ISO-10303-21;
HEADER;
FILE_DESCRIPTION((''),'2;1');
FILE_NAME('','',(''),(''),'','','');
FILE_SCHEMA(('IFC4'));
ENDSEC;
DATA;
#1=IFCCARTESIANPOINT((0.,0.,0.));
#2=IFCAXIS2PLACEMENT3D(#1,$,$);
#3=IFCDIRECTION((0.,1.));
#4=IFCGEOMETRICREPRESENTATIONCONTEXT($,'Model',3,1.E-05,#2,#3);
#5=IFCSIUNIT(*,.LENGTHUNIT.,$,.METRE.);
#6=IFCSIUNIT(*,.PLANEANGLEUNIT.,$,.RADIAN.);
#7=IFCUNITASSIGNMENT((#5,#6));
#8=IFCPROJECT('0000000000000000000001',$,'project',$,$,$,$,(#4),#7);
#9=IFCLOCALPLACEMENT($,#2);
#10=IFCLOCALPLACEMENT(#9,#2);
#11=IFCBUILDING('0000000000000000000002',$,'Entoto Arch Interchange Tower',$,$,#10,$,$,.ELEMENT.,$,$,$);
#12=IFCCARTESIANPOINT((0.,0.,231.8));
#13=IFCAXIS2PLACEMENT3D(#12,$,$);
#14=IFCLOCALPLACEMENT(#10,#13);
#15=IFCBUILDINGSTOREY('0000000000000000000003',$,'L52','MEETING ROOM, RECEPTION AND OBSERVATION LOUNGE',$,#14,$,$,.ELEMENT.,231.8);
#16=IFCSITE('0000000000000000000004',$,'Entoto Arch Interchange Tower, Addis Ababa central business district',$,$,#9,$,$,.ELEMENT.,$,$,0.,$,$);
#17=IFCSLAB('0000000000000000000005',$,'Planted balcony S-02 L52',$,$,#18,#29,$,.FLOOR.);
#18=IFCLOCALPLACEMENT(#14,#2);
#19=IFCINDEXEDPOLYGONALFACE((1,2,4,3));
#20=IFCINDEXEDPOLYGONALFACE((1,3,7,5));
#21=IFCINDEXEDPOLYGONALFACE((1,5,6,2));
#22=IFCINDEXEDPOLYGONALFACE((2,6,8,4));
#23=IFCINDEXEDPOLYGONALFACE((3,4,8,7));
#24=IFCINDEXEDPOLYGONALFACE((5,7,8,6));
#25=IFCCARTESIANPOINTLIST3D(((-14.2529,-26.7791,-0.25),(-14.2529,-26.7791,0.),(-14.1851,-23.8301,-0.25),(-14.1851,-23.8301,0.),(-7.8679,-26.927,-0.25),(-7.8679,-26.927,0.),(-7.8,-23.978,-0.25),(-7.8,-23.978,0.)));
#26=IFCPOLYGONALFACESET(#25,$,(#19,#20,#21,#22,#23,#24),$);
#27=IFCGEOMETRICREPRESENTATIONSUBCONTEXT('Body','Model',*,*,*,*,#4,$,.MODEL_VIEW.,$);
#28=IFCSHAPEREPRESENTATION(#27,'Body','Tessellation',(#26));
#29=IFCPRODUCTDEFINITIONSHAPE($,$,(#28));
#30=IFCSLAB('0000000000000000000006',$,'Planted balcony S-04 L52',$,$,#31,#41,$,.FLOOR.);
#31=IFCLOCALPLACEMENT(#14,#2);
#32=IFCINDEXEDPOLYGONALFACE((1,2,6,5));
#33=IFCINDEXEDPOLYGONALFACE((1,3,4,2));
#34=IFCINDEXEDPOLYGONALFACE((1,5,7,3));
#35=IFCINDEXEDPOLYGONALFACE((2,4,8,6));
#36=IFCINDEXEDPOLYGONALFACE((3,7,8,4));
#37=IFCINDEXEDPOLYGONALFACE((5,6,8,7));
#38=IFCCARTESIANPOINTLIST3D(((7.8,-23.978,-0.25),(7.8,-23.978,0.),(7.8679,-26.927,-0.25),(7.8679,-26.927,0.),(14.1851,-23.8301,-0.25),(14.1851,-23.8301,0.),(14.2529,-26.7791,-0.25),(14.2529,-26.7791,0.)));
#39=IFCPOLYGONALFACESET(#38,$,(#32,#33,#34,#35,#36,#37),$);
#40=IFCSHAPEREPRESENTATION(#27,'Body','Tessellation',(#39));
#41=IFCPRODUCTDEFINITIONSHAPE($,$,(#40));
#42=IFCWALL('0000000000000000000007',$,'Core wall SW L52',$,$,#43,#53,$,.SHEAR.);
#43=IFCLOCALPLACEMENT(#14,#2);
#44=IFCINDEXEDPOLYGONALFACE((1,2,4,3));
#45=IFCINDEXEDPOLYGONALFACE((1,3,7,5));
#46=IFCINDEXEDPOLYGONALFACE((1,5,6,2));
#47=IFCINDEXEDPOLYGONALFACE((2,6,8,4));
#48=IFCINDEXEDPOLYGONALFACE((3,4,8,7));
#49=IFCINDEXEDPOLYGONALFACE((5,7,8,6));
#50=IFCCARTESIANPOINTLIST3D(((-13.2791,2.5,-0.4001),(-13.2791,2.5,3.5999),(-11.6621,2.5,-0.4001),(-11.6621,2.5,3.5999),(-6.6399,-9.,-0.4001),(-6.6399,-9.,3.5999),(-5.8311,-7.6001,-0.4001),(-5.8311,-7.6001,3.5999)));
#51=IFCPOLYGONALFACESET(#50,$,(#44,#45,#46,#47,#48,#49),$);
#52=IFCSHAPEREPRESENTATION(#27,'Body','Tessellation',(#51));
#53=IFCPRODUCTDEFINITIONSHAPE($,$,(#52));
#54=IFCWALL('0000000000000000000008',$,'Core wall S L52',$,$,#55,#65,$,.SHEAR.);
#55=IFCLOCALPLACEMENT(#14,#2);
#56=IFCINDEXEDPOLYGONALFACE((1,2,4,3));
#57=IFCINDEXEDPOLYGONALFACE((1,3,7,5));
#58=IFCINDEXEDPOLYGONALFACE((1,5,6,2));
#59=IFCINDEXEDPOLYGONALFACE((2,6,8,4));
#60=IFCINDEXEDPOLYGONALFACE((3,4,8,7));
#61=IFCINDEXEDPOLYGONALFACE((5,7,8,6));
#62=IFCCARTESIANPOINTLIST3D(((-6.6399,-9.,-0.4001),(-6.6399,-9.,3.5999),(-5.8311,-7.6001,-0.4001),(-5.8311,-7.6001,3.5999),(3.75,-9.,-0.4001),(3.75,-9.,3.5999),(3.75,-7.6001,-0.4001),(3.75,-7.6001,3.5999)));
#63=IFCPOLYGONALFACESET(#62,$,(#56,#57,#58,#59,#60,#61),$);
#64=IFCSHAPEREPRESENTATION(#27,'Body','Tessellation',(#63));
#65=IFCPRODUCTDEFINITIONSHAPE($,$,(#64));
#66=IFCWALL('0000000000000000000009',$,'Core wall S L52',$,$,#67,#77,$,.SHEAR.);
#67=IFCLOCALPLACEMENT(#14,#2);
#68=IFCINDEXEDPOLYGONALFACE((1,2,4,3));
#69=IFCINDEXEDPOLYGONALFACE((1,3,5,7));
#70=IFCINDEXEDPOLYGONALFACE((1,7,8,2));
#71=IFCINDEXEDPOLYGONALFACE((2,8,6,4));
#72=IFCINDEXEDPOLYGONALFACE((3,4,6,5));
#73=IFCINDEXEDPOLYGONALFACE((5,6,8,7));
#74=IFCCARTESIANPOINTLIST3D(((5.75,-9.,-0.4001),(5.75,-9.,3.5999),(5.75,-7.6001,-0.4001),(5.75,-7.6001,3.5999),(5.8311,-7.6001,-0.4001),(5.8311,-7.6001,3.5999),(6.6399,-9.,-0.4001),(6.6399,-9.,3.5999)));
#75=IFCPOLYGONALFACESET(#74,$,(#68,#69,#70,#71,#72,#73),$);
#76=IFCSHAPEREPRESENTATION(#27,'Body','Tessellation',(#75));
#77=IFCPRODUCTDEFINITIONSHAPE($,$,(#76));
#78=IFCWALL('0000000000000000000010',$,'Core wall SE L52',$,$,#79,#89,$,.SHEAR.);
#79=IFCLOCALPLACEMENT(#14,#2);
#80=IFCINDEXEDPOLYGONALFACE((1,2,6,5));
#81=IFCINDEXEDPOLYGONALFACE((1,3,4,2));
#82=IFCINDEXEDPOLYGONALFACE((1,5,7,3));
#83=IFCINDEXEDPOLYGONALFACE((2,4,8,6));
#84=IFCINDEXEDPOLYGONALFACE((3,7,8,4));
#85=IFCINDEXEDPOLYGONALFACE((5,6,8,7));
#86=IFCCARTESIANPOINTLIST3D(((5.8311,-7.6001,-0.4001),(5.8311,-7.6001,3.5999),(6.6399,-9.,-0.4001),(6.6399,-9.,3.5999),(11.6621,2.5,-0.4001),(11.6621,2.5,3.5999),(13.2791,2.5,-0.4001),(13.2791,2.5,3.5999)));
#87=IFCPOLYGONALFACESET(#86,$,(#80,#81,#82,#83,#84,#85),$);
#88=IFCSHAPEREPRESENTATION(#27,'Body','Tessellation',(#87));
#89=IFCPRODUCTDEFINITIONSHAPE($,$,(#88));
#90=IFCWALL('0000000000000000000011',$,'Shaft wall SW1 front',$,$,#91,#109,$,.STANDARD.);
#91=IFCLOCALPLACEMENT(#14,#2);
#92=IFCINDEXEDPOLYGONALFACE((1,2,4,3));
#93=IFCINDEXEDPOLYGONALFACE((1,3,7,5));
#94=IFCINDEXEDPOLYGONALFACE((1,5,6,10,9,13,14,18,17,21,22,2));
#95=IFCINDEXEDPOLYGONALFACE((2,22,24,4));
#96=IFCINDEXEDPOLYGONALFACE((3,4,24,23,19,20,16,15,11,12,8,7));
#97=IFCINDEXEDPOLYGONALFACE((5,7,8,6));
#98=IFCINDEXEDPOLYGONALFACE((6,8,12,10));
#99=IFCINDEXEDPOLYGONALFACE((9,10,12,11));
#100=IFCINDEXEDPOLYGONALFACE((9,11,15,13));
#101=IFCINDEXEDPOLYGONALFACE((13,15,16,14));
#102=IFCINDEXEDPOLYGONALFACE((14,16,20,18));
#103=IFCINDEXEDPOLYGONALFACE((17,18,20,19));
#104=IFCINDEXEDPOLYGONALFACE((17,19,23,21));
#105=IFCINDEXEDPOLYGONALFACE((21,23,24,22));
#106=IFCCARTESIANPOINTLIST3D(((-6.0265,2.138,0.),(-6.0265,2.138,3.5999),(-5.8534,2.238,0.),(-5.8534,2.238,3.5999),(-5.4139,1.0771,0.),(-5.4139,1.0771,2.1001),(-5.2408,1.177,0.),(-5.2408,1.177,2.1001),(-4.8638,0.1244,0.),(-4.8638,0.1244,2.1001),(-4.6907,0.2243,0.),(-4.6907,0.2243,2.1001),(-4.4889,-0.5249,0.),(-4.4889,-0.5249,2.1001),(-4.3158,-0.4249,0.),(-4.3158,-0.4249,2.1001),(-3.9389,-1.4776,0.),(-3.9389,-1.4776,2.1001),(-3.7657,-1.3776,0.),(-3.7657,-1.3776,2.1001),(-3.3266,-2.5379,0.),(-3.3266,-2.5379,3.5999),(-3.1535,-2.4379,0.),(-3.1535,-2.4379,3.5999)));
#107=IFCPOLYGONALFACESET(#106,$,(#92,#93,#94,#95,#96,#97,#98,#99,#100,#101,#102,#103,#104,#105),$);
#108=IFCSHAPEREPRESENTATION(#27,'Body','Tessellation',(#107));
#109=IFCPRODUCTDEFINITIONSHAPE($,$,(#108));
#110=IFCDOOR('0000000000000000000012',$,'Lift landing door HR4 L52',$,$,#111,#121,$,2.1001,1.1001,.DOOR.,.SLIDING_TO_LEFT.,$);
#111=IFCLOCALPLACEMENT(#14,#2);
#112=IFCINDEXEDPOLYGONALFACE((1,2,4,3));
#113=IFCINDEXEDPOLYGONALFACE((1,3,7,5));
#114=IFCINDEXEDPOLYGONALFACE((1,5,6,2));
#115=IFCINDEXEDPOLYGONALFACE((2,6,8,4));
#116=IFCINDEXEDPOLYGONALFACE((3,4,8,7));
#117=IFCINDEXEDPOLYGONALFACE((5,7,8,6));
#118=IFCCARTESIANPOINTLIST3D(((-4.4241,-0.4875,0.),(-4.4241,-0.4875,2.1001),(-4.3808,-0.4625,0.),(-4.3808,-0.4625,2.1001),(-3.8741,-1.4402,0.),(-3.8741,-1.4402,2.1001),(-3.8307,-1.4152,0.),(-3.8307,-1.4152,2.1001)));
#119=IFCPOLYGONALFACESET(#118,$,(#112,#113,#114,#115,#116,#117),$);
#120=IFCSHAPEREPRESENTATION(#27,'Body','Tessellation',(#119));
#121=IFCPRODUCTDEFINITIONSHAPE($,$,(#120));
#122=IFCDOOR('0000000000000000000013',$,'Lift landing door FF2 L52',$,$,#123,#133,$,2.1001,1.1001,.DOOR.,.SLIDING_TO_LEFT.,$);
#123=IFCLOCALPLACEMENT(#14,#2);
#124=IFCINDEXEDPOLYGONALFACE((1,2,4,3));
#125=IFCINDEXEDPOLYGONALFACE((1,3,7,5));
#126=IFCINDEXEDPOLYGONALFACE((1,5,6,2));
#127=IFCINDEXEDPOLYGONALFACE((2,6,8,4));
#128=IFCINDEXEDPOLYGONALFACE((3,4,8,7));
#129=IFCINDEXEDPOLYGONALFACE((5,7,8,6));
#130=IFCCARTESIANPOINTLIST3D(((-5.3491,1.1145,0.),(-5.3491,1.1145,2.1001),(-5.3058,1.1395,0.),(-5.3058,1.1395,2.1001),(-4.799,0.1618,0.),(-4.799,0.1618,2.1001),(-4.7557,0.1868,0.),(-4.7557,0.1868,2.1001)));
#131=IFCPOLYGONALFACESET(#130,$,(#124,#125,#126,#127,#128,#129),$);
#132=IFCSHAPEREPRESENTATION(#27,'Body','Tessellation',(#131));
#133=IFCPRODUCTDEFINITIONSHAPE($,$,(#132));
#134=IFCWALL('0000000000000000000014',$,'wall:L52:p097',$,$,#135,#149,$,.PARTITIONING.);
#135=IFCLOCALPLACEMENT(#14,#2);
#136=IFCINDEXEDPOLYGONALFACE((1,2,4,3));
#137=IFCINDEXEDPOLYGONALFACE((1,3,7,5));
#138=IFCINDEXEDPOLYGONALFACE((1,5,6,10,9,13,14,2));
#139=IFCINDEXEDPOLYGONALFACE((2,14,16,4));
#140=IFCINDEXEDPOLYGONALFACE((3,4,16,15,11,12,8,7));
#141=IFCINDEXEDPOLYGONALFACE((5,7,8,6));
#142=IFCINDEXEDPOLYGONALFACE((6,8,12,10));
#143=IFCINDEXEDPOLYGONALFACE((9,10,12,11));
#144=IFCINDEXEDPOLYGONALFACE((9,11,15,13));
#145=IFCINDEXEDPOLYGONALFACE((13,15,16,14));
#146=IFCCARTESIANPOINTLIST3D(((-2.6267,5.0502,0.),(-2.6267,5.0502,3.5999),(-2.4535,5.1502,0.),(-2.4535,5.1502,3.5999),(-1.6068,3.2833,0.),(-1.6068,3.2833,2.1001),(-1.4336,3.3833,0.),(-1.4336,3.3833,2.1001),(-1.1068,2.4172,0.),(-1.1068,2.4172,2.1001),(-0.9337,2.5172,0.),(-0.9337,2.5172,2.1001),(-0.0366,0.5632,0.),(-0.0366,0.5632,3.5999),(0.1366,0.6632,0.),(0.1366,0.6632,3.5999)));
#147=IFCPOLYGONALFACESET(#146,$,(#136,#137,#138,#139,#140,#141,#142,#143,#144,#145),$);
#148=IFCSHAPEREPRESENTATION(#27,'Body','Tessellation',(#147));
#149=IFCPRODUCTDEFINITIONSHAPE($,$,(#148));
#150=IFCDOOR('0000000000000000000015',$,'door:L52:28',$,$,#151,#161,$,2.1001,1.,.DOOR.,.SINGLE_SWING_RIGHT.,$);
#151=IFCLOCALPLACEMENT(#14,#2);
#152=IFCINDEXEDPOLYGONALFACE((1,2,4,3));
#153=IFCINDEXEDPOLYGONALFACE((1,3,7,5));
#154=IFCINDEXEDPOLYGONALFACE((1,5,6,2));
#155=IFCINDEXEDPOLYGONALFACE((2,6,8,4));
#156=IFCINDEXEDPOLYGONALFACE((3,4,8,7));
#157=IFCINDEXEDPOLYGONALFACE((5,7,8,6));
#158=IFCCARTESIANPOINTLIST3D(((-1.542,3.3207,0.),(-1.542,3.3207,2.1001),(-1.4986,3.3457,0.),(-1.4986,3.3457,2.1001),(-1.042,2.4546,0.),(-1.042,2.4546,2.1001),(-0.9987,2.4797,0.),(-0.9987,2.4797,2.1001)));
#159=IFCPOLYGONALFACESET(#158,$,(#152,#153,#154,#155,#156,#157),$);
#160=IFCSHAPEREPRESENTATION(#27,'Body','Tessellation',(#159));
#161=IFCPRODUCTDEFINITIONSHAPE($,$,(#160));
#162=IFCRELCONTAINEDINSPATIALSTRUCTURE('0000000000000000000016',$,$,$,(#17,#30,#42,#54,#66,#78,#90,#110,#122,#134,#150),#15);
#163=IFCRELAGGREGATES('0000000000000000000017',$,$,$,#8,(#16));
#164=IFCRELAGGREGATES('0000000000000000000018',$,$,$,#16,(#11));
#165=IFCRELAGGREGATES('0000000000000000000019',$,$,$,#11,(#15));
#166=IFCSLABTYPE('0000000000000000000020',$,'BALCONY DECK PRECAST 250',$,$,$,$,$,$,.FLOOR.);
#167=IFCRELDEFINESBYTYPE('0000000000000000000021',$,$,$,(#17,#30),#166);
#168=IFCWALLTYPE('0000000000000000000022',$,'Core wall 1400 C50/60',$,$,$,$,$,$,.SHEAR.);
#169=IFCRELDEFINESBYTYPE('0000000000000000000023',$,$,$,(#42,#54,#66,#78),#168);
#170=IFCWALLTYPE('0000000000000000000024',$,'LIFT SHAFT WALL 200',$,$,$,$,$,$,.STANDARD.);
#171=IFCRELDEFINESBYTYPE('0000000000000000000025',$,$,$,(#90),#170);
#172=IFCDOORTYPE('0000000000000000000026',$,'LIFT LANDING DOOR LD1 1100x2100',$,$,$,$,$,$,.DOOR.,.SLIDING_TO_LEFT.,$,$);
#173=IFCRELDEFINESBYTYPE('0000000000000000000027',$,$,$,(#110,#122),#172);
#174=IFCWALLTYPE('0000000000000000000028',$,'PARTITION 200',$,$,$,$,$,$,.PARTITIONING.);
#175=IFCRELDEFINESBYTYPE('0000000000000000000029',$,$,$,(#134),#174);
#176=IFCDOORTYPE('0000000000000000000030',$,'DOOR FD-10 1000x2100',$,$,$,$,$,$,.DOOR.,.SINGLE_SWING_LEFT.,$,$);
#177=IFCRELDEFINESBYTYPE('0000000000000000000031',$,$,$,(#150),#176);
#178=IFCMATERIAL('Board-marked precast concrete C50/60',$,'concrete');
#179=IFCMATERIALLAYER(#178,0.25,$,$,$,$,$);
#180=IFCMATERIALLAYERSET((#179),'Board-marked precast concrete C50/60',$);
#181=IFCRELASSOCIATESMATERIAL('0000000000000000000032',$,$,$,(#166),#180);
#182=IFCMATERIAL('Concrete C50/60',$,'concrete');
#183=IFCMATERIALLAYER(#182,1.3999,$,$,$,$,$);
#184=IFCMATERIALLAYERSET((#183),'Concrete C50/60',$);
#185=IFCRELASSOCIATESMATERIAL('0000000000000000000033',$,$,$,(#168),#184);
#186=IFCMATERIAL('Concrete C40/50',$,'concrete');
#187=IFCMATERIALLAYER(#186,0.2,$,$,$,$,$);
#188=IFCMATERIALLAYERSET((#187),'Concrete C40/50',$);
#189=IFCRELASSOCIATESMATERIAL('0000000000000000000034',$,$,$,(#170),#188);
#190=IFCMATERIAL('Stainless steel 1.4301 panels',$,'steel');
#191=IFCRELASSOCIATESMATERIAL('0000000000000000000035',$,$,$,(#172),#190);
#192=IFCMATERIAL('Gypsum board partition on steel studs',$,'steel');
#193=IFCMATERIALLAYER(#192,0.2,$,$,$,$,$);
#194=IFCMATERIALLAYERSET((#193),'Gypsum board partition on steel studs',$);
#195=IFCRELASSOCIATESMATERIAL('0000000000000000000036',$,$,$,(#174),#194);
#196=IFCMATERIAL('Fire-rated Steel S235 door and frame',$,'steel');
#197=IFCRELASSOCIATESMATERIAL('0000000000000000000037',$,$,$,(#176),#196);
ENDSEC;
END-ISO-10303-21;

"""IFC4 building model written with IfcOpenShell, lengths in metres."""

from ifc_helpers import new_model, si_unit, direction, frame, frame_2d, origin, place, context, subcontext, project, spatial, polyline, rectangle, outline, extrude, material, layer, layer_set, type_object, element, fill, save


model = new_model("IFC4")

# Units and contexts
model_context = context("Model", 3, precision=1e-05, world=origin(), true_north=direction((0.0, 1.0)))
body_context = subcontext(model_context, "Body", "Model", "MODEL_VIEW")
ifc_project = project(units=[si_unit("LENGTHUNIT", "METRE"), si_unit("PLANEANGLEUNIT", "RADIAN")], contexts=[model_context])

# Site, building, storey
site_placement = place(None, origin())
site = spatial("IfcSite", under=ifc_project, at=site_placement, Name="Entoto Arch Interchange Tower, Addis Ababa central business district", CompositionType="ELEMENT", RefElevation=0.0)
building_placement = place(site_placement, origin())
building = spatial("IfcBuilding", under=site, at=building_placement, Name="Entoto Arch Interchange Tower", CompositionType="ELEMENT")
storey_placement = place(building_placement, frame((0.0, 0.0, 231.8)))
storey = spatial("IfcBuildingStorey", under=building, at=storey_placement, Name="L52", Description="MEETING ROOM, RECEPTION AND OBSERVATION LOUNGE", CompositionType="ELEMENT", Elevation=231.8)

# Slabs
ifc_material_1 = material(Name="Board-marked precast concrete C50/60", Category="concrete")
ifc_layer_1 = layer(ifc_material_1, 0.25)
ifc_layer_set_1 = layer_set([ifc_layer_1], Name="Board-marked precast concrete C50/60")
slab_type = type_object("IfcSlabType", Name="BALCONY DECK PRECAST 250", PredefinedType="FLOOR", material=ifc_layer_set_1)
slab_1_placement = place(storey_placement, frame((0.0, 0.0, -0.25)))
element("IfcSlab", 1, at=slab_1_placement, inside=storey, type_object=slab_type, Name="Planted balcony S-02 L52", PredefinedType="FLOOR", context=body_context, shape_type="SweptSolid", body=[
    extrude(outline(polyline([(-14.1851, -23.8301), (-7.8, -23.978), (-7.8679, -26.927), (-14.2529, -26.7791), (-14.1851, -23.8301)])), origin(), (0.0, 0.0, 1.0), 0.25),
])
slab_2_placement = place(storey_placement, frame((0.0, 0.0, -0.25)))
element("IfcSlab", 2, at=slab_2_placement, inside=storey, type_object=slab_type, Name="Planted balcony S-04 L52", PredefinedType="FLOOR", context=body_context, shape_type="SweptSolid", body=[
    extrude(outline(polyline([(7.8, -23.978), (14.1851, -23.8301), (14.2529, -26.7791), (7.8679, -26.927), (7.8, -23.978)])), origin(), (0.0, 0.0, 1.0), 0.25),
])

# Walls
ifc_material_2 = material(Name="Concrete C50/60", Category="concrete")
ifc_layer_2 = layer(ifc_material_2, 1.3999)
ifc_layer_set_2 = layer_set([ifc_layer_2], Name="Concrete C50/60")
wall_type_1 = type_object("IfcWallType", Name="Core wall 1400 C50/60", PredefinedType="SHEAR", material=ifc_layer_set_2)
wall_1_placement = place(storey_placement, frame((0.0, 0.0, -0.4001)))
element("IfcWall", 3, at=wall_1_placement, inside=storey, type_object=wall_type_1, Name="Core wall SW L52", PredefinedType="SHEAR", context=body_context, shape_type="SweptSolid", body=[
    extrude(outline(polyline([(-13.2791, 2.5), (-6.6399, -9.0), (-5.8311, -7.6001), (-11.6621, 2.5), (-13.2791, 2.5)])), origin(), (0.0, 0.0, 1.0), 4.0),
])
wall_2_placement = place(storey_placement, frame((0.0, 0.0, -0.4001)))
element("IfcWall", 4, at=wall_2_placement, inside=storey, type_object=wall_type_1, Name="Core wall S L52", PredefinedType="SHEAR", context=body_context, shape_type="SweptSolid", body=[
    extrude(outline(polyline([(3.75, -9.0), (3.75, -7.6001), (-5.8311, -7.6001), (-6.6399, -9.0), (3.75, -9.0)])), origin(), (0.0, 0.0, 1.0), 4.0),
])
wall_3_placement = place(storey_placement, frame((0.0, 0.0, -0.4001)))
element("IfcWall", 5, at=wall_3_placement, inside=storey, type_object=wall_type_1, Name="Core wall S L52", PredefinedType="SHEAR", context=body_context, shape_type="SweptSolid", body=[
    extrude(outline(polyline([(5.75, -7.6001), (5.75, -9.0), (6.6399, -9.0), (5.8311, -7.6001), (5.75, -7.6001)])), origin(), (0.0, 0.0, 1.0), 4.0),
])
wall_4_placement = place(storey_placement, frame((0.0, 0.0, -0.4001)))
element("IfcWall", 6, at=wall_4_placement, inside=storey, type_object=wall_type_1, Name="Core wall SE L52", PredefinedType="SHEAR", context=body_context, shape_type="SweptSolid", body=[
    extrude(outline(polyline([(6.6399, -9.0), (13.2791, 2.5), (11.6621, 2.5), (5.8311, -7.6001), (6.6399, -9.0)])), origin(), (0.0, 0.0, 1.0), 4.0),
])

# Wall, openings, doors
ifc_material_3 = material(Name="Concrete C40/50", Category="concrete")
ifc_layer_3 = layer(ifc_material_3, 0.2)
ifc_layer_set_3 = layer_set([ifc_layer_3], Name="Concrete C40/50")
wall_type_2 = type_object("IfcWallType", Name="LIFT SHAFT WALL 200", PredefinedType="STANDARD", material=ifc_layer_set_3)
wall_5_placement = place(storey_placement, frame((-5.9399, 2.188, 0.0), z_axis=(0.0, 0.0, 1.0), x_axis=(0.500034, -0.866006, 0.0)))
wall_5 = element("IfcWall", 7, at=wall_5_placement, inside=storey, type_object=wall_type_2, Name="Shaft wall SW1 front", PredefinedType="STANDARD", context=body_context, shape_type="SweptSolid", body=[
    extrude(rectangle(XDim=5.3994, YDim=0.2, at=frame_2d((2.6997, 0.0))), origin(), (0.0, 0.0, 1.0), 3.5999),
])
opening_1_placement = place(wall_5_placement, frame((3.075, 0.0, 0.0)))
opening_1 = element("IfcOpeningElement", 8, at=opening_1_placement, cuts=wall_5, PredefinedType="OPENING", context=body_context, shape_type="SweptSolid", body=[
    extrude(rectangle(XDim=1.1001, YDim=2.1001, at=frame_2d((0.55, 1.05))), frame((0.0, 0.1099, 0.0), z_axis=(0.0, -1.0, 0.0), x_axis=(1.0, 0.0, 0.0)), (0.0, 0.0, 1.0), 0.22),
])
opening_2_placement = place(wall_5_placement, frame((1.2251, 0.0, 0.0)))
opening_2 = element("IfcOpeningElement", 9, at=opening_2_placement, cuts=wall_5, PredefinedType="OPENING", context=body_context, shape_type="SweptSolid", body=[
    extrude(rectangle(XDim=1.1001, YDim=2.1001, at=frame_2d((0.55, 1.05))), frame((0.0, 0.1099, 0.0), z_axis=(0.0, -1.0, 0.0), x_axis=(1.0, 0.0, 0.0)), (0.0, 0.0, 1.0), 0.22),
])
ifc_material_4 = material(Name="Stainless steel 1.4301 panels", Category="steel")
door_type_1 = type_object("IfcDoorType", Name="LIFT LANDING DOOR LD1 1100x2100", OperationType="SLIDING_TO_LEFT", PredefinedType="DOOR", material=ifc_material_4)
door_1_placement = place(opening_1_placement, origin())
door_1 = element("IfcDoor", 10, at=door_1_placement, inside=storey, type_object=door_type_1, Name="Lift landing door HR4 L52", OperationType="SLIDING_TO_LEFT", OverallHeight=2.1001, OverallWidth=1.1001, PredefinedType="DOOR", context=body_context, shape_type="SweptSolid", body=[
    extrude(rectangle(XDim=1.1001, YDim=2.1001, at=frame_2d((0.55, 1.05))), frame((0.0, 0.0249, 0.0), z_axis=(0.0, -1.0, 0.0), x_axis=(1.0, 0.0, 0.0)), (0.0, 0.0, 1.0), 0.05),
])
fill(opening_1, door_1)
door_2_placement = place(opening_2_placement, origin())
door_2 = element("IfcDoor", 11, at=door_2_placement, inside=storey, type_object=door_type_1, Name="Lift landing door FF2 L52", OperationType="SLIDING_TO_LEFT", OverallHeight=2.1001, OverallWidth=1.1001, PredefinedType="DOOR", context=body_context, shape_type="SweptSolid", body=[
    extrude(rectangle(XDim=1.1001, YDim=2.1001, at=frame_2d((0.55, 1.05))), frame((0.0, 0.0249, 0.0), z_axis=(0.0, -1.0, 0.0), x_axis=(1.0, 0.0, 0.0)), (0.0, 0.0, 1.0), 0.05),
])
fill(opening_2, door_2)

# Wall, opening, door
ifc_material_5 = material(Name="Gypsum board partition on steel studs", Category="steel")
ifc_layer_4 = layer(ifc_material_5, 0.2)
ifc_layer_set_4 = layer_set([ifc_layer_4], Name="Gypsum board partition on steel studs")
wall_type_3 = type_object("IfcWallType", Name="PARTITION 200", PredefinedType="PARTITIONING", material=ifc_layer_set_4)
wall_6_placement = place(storey_placement, frame((-2.54, 5.1001, 0.0), z_axis=(0.0, 0.0, 1.0), x_axis=(0.499925, -0.866069, 0.0)))
wall_6 = element("IfcWall", 12, at=wall_6_placement, inside=storey, type_object=wall_type_3, Name="wall:L52:p097", PredefinedType="PARTITIONING", context=body_context, shape_type="SweptSolid", body=[
    extrude(rectangle(XDim=5.1809, YDim=0.2, at=frame_2d((2.5903, 0.0))), origin(), (0.0, 0.0, 1.0), 3.5999),
])
opening_3_placement = place(wall_6_placement, frame((2.04, 0.0, 0.0)))
opening_3 = element("IfcOpeningElement", 13, at=opening_3_placement, cuts=wall_6, PredefinedType="OPENING", context=body_context, shape_type="SweptSolid", body=[
    extrude(rectangle(XDim=1.0, YDim=2.1001, at=frame_2d((0.5, 1.05))), frame((0.0, 0.1099, 0.0), z_axis=(0.0, -1.0, 0.0), x_axis=(1.0, 0.0, 0.0)), (0.0, 0.0, 1.0), 0.22),
])
ifc_material_6 = material(Name="Fire-rated Steel S235 door and frame", Category="steel")
door_type_2 = type_object("IfcDoorType", Name="DOOR FD-10 1000x2100", OperationType="SINGLE_SWING_LEFT", PredefinedType="DOOR", material=ifc_material_6)
door_3_placement = place(opening_3_placement, origin())
door_3 = element("IfcDoor", 14, at=door_3_placement, inside=storey, type_object=door_type_2, Name="door:L52:28", OperationType="SINGLE_SWING_RIGHT", OverallHeight=2.1001, OverallWidth=1.0, PredefinedType="DOOR", context=body_context, shape_type="SweptSolid", body=[
    extrude(rectangle(XDim=1.0, YDim=2.1001, at=frame_2d((0.5, 1.05))), frame((0.0, 0.0249, 0.0), z_axis=(0.0, -1.0, 0.0), x_axis=(1.0, 0.0, 0.0)), (0.0, 0.0, 1.0), 0.05),
])
fill(opening_3, door_3)

save(model, "model.ifc")
